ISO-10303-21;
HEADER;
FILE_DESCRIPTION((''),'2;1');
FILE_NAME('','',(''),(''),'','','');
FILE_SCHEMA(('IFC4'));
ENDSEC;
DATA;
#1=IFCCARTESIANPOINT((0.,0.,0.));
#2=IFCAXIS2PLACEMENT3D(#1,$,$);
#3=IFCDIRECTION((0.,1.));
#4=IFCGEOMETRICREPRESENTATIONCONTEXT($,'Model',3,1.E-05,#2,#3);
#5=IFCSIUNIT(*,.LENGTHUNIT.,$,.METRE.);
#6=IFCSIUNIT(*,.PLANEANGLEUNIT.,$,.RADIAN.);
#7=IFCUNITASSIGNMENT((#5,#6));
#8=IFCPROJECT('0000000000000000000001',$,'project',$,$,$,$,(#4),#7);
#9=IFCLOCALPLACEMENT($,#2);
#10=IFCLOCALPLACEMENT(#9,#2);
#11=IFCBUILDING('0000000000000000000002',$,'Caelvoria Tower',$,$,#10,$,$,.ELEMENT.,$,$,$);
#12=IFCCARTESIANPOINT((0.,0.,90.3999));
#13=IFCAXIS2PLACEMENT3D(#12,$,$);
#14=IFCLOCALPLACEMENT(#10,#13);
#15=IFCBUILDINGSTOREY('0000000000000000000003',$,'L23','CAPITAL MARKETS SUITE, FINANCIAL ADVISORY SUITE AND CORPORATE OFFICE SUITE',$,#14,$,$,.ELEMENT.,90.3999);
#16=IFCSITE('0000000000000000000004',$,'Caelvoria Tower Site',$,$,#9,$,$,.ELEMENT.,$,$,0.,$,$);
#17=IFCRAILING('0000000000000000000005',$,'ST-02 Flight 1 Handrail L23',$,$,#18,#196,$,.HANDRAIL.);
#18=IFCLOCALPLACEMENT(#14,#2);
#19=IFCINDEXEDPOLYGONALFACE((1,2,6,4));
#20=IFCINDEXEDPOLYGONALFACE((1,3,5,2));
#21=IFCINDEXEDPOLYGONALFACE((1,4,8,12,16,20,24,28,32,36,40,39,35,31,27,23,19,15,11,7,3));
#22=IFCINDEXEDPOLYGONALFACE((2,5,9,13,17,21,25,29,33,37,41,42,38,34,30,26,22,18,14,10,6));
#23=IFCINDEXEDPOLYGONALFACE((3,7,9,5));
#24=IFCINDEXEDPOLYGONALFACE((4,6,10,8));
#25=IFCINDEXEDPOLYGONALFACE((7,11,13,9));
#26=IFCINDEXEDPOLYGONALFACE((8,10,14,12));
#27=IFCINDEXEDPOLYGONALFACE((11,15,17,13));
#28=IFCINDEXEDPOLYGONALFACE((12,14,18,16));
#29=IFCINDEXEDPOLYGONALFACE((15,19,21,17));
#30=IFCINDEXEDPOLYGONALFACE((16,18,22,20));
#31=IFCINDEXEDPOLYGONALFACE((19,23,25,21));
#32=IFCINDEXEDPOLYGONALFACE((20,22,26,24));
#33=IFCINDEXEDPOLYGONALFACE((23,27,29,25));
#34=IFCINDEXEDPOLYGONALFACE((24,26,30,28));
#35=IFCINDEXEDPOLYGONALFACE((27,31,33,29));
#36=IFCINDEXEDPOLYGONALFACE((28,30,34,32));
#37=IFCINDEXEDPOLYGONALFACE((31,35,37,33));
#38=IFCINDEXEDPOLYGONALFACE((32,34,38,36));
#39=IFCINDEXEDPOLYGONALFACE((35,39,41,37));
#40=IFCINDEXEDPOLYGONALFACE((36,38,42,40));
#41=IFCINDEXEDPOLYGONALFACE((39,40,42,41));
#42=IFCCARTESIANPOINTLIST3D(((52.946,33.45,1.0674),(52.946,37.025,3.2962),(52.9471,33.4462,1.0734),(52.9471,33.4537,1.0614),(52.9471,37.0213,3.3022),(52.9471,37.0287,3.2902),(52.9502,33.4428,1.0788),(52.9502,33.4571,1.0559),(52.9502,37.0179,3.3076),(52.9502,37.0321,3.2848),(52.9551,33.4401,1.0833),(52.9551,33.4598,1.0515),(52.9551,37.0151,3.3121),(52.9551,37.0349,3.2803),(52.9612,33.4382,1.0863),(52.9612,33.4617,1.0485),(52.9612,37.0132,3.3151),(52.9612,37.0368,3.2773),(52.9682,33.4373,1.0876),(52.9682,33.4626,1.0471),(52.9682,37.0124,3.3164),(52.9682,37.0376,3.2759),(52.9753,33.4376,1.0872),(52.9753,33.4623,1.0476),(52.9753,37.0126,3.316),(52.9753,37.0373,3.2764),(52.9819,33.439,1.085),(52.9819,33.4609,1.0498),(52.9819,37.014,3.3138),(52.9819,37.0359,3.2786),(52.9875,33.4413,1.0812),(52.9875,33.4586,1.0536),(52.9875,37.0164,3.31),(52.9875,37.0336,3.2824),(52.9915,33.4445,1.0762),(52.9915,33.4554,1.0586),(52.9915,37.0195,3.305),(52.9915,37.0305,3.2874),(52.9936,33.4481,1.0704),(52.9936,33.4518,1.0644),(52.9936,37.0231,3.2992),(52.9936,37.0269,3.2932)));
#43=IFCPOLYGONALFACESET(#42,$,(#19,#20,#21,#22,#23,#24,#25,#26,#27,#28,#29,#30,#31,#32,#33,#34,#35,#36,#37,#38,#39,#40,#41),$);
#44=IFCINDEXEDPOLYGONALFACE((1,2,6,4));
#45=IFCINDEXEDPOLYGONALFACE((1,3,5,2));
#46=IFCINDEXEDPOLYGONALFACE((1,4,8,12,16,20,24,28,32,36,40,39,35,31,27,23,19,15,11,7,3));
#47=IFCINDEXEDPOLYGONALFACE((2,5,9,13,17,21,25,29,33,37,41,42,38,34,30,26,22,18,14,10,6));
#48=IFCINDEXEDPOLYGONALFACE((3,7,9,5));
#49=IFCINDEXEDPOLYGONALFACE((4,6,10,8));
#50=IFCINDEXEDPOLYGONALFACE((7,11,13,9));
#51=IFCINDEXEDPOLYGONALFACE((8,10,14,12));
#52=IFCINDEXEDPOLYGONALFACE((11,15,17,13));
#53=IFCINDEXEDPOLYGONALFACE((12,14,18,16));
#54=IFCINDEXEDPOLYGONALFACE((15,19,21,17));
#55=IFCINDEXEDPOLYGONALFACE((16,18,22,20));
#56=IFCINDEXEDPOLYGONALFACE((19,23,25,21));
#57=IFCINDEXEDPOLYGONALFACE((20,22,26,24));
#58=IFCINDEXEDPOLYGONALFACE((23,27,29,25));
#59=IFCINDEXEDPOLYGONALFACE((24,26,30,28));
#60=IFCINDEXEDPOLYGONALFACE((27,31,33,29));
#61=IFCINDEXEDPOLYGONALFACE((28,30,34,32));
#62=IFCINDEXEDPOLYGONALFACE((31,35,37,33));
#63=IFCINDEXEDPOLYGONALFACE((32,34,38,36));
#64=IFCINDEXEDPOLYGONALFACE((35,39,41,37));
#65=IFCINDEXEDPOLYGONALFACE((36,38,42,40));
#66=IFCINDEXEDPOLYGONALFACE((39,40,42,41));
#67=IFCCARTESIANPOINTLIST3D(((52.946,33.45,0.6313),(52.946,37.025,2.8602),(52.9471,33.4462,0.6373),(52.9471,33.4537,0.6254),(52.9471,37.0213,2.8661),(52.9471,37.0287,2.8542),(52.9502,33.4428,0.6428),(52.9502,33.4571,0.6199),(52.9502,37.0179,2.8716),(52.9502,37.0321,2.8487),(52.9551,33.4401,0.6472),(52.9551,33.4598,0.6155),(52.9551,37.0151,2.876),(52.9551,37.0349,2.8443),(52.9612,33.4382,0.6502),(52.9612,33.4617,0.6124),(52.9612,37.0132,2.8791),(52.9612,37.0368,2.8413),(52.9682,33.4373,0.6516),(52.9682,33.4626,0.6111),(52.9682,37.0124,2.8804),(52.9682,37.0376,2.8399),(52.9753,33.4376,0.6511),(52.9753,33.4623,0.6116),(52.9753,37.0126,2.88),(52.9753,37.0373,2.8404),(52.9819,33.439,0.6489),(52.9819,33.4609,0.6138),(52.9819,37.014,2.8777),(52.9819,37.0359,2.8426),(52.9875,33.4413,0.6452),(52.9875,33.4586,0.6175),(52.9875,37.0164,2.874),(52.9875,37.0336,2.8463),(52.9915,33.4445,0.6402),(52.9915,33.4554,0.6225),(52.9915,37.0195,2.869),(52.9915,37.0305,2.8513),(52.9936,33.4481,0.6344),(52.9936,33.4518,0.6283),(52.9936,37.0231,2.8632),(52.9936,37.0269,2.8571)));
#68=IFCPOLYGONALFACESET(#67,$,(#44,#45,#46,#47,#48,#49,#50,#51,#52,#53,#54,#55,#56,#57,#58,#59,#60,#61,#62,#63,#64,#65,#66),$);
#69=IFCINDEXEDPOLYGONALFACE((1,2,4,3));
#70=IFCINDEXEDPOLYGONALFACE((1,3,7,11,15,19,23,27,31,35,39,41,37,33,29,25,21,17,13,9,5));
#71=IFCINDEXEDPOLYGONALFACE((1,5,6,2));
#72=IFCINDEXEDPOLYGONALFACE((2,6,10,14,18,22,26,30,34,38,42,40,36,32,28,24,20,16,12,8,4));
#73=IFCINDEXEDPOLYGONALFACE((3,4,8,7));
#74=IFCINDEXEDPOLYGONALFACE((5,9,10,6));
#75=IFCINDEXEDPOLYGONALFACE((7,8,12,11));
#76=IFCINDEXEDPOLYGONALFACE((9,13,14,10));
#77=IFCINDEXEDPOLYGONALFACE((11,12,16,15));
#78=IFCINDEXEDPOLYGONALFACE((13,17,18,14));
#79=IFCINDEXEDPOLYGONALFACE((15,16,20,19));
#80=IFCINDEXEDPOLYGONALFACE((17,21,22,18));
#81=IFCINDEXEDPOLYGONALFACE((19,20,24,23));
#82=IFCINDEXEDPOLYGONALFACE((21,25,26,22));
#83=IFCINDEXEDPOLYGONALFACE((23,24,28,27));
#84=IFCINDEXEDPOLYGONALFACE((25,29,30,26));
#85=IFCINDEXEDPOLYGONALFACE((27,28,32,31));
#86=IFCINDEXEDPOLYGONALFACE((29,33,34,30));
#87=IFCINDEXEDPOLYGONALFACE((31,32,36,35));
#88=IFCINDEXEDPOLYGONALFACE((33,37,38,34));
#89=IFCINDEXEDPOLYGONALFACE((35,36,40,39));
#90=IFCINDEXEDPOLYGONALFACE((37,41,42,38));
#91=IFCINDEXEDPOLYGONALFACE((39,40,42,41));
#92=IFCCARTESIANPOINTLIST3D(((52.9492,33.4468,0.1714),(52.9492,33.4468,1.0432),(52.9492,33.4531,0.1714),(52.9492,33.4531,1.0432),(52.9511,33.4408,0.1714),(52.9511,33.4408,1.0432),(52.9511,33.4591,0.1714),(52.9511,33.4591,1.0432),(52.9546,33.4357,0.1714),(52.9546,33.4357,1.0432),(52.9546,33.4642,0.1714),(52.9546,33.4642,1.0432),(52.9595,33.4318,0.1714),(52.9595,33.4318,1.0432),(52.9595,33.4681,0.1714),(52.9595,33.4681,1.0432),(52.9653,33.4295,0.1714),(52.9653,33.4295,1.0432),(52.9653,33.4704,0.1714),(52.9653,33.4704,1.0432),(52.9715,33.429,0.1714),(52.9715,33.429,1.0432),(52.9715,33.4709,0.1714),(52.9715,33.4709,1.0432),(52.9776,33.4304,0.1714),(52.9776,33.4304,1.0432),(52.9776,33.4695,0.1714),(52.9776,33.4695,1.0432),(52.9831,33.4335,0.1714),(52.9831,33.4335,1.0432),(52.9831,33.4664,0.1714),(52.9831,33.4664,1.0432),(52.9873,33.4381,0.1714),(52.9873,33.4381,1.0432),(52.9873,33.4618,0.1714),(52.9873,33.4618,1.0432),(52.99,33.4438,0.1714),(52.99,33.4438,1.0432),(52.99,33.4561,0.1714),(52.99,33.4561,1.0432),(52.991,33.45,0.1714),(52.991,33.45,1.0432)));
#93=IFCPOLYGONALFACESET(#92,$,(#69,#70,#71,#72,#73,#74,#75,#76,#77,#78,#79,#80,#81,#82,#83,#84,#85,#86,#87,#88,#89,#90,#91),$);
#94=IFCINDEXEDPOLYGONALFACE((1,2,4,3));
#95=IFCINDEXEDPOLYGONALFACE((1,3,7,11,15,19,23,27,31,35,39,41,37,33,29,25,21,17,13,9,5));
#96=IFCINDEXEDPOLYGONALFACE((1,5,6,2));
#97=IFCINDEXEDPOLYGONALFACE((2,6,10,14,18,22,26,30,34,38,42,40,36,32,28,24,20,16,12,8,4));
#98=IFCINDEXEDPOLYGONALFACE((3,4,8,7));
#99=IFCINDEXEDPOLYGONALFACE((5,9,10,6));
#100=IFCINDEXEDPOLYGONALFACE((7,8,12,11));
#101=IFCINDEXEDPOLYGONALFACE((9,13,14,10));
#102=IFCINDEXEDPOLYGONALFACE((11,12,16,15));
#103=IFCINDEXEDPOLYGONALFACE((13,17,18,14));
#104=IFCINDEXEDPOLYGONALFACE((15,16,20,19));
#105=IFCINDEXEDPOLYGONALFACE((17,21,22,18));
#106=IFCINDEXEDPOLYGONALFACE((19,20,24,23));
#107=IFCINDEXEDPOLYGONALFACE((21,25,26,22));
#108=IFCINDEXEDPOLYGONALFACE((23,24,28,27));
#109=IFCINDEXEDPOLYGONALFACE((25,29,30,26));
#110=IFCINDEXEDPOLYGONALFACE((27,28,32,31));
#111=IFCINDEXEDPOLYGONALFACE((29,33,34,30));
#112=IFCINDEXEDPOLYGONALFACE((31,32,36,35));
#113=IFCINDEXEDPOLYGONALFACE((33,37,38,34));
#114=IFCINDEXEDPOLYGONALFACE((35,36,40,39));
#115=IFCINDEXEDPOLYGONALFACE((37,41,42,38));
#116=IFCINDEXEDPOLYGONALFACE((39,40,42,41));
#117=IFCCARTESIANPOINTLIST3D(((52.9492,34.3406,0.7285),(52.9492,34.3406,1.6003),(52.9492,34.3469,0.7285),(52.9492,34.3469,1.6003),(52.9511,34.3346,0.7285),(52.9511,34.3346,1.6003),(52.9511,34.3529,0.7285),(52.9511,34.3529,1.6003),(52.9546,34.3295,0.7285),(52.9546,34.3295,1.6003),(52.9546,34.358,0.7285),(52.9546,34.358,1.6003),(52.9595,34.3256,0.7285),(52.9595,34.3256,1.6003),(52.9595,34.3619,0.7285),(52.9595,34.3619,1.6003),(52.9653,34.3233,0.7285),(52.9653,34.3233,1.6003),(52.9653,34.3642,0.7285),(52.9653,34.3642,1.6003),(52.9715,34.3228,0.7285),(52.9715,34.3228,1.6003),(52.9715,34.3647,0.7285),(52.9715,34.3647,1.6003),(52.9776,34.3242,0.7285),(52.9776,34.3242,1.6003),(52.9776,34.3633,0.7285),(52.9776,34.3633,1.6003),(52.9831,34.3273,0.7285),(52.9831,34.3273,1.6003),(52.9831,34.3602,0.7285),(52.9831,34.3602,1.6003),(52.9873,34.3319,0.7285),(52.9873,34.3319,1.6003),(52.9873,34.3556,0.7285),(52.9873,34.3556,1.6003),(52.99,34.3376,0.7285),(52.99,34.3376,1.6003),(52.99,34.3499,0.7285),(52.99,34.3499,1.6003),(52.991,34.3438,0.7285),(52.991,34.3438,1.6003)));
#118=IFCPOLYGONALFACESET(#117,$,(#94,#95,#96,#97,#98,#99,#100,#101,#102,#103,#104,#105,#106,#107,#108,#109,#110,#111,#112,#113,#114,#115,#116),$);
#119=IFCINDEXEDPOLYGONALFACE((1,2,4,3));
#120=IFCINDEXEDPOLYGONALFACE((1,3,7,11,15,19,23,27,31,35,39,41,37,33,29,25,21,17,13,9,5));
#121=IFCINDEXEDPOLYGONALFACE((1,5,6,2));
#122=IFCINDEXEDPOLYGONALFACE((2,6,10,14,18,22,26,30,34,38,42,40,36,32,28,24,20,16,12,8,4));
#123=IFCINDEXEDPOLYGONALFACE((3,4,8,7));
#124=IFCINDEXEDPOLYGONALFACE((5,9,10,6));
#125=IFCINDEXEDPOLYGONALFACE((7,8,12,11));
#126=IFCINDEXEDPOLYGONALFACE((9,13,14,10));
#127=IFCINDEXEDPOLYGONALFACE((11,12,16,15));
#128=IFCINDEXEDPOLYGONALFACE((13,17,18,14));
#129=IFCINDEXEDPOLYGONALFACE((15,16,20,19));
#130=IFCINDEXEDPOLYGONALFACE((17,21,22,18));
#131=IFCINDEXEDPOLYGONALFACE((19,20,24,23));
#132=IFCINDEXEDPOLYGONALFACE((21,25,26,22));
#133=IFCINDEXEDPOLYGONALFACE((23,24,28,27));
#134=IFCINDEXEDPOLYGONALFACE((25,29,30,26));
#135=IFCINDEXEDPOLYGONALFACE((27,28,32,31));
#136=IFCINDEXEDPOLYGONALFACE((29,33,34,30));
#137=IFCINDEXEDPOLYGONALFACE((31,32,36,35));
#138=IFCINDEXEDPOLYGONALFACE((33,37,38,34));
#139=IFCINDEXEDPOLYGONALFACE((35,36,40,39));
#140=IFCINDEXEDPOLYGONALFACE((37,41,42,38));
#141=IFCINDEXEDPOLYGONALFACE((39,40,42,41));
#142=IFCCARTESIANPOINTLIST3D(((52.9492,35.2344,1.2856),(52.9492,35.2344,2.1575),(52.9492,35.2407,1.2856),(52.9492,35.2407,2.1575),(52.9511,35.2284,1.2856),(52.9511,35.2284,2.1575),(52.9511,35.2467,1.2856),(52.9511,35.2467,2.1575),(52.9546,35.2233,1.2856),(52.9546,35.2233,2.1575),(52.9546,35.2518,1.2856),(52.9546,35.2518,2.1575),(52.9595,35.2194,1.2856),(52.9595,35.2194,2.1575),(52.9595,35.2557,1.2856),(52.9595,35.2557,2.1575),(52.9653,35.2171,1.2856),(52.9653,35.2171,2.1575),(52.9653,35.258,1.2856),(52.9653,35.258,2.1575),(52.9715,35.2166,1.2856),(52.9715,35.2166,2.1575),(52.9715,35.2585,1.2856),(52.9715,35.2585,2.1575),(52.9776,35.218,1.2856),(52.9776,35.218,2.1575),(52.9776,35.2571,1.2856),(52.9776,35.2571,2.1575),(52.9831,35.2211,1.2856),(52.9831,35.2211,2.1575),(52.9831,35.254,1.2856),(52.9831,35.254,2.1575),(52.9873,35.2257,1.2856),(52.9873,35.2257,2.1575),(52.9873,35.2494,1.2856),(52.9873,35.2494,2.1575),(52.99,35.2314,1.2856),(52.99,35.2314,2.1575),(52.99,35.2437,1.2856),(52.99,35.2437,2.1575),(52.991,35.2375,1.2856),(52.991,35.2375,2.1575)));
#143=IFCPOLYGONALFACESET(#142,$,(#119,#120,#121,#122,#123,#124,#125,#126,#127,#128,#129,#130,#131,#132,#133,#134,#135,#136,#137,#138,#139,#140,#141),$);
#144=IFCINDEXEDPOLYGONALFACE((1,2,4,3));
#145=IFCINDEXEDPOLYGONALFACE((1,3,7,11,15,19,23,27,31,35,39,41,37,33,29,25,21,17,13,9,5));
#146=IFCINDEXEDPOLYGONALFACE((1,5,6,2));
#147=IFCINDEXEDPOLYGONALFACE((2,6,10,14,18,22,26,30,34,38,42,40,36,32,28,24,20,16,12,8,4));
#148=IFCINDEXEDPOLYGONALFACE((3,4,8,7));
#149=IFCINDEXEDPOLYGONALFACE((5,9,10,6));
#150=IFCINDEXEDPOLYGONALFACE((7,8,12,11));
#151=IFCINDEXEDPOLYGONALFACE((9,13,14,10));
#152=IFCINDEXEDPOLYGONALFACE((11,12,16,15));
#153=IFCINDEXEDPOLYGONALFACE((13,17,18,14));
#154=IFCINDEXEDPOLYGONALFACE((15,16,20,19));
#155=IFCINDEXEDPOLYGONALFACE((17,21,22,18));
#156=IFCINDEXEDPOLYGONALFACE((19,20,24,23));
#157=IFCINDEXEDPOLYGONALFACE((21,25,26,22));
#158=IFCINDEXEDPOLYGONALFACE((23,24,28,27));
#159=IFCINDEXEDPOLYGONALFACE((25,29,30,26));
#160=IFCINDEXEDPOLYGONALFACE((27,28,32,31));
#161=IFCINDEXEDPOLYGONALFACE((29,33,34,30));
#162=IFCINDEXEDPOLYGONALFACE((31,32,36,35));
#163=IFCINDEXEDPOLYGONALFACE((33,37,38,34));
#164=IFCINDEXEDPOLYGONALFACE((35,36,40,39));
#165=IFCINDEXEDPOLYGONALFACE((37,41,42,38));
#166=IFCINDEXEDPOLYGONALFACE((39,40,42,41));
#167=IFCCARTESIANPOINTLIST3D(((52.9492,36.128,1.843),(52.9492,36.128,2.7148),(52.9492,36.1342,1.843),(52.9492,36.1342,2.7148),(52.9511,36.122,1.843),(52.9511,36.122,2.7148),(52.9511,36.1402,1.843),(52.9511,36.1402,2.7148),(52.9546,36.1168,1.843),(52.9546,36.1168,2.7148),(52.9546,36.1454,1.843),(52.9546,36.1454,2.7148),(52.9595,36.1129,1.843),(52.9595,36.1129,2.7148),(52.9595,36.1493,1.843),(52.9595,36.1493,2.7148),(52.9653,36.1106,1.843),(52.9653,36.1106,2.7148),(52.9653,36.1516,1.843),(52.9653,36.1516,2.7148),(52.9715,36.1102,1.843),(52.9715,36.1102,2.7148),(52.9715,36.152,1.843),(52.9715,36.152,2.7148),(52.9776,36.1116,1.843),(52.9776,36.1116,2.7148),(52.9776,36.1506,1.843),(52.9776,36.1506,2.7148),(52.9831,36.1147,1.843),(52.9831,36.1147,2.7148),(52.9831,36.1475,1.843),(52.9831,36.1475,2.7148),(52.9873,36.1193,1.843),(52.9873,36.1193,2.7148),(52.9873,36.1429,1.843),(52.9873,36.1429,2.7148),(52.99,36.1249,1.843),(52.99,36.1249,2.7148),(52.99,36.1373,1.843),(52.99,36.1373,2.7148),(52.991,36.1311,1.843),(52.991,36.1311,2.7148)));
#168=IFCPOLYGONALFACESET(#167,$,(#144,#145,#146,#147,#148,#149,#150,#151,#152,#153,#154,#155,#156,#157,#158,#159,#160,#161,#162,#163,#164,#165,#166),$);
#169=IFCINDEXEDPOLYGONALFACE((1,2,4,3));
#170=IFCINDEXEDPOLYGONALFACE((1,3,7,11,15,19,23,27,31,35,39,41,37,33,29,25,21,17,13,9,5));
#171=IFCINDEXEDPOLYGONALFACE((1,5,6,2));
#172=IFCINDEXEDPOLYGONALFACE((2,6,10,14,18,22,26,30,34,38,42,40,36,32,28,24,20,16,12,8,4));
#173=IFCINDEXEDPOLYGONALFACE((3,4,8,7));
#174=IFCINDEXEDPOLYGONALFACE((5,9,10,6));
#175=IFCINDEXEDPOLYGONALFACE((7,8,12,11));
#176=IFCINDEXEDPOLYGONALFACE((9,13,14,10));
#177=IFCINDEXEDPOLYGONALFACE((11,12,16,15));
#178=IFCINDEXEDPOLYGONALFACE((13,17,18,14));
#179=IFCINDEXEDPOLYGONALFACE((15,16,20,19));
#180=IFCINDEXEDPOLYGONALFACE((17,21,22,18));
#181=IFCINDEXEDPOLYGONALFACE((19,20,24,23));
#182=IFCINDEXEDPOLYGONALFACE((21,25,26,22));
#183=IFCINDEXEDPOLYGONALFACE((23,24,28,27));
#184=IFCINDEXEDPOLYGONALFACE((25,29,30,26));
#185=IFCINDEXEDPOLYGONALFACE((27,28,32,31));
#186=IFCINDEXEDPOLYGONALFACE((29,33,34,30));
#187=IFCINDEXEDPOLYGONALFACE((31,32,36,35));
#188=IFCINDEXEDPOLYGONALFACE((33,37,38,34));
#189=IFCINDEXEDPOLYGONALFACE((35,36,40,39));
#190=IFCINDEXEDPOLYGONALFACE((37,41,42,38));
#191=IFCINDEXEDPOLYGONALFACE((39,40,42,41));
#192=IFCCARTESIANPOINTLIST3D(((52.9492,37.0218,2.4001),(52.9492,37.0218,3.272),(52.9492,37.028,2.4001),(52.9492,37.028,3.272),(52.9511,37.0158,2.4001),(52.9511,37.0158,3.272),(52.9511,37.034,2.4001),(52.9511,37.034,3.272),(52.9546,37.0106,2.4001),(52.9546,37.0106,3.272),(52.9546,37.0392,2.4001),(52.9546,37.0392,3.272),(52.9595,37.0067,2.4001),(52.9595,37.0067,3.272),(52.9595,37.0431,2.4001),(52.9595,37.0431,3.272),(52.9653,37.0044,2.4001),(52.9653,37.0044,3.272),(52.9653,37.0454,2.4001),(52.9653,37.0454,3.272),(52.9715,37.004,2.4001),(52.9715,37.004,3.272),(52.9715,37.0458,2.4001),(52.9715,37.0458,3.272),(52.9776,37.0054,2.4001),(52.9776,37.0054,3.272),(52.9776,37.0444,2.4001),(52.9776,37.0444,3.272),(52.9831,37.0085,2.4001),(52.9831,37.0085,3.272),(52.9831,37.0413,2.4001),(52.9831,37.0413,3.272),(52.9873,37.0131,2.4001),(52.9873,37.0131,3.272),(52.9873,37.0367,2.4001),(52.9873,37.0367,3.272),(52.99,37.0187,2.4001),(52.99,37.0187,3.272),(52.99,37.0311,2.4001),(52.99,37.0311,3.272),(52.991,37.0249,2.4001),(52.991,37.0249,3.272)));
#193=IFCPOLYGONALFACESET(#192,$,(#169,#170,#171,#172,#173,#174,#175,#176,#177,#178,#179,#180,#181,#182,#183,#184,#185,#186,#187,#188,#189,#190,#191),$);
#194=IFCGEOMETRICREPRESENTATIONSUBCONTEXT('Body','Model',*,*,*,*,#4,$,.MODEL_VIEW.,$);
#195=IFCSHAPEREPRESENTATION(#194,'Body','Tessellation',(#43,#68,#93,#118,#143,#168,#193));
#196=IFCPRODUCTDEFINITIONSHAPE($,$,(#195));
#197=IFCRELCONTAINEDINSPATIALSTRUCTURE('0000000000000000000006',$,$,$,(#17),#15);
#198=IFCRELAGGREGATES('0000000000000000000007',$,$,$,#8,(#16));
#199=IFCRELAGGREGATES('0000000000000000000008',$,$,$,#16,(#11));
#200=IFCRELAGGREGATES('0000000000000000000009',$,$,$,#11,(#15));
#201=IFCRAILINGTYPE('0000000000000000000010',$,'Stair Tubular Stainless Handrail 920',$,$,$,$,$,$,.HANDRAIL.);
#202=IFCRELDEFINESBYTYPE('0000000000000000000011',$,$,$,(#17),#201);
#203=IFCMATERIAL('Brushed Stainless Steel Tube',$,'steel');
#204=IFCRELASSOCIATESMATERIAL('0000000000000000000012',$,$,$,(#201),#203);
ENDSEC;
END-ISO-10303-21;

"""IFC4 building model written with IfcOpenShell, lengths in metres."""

from ifc_helpers import new_model, si_unit, direction, frame, origin, origin_2d, place, context, subcontext, project, spatial, circle, extrude, material, type_object, element, save


model = new_model("IFC4")

# Units and contexts
model_context = context("Model", 3, precision=1e-05, world=origin(), true_north=direction((0.0, 1.0)))
body_context = subcontext(model_context, "Body", "Model", "MODEL_VIEW")
ifc_project = project(units=[si_unit("LENGTHUNIT", "METRE"), si_unit("PLANEANGLEUNIT", "RADIAN")], contexts=[model_context])

# Site, building, storey
site_placement = place(None, origin())
site = spatial("IfcSite", under=ifc_project, at=site_placement, Name="Caelvoria Tower Site", CompositionType="ELEMENT", RefElevation=0.0)
building_placement = place(site_placement, origin())
building = spatial("IfcBuilding", under=site, at=building_placement, Name="Caelvoria Tower", CompositionType="ELEMENT")
storey_placement = place(building_placement, frame((0.0, 0.0, 90.3999)))
storey = spatial("IfcBuildingStorey", under=building, at=storey_placement, Name="L23", Description="CAPITAL MARKETS SUITE, FINANCIAL ADVISORY SUITE AND CORPORATE OFFICE SUITE", CompositionType="ELEMENT", Elevation=90.3999)

# Railing
ifc_material_1 = material(Name="Brushed Stainless Steel Tube", Category="steel")
railing_type_1 = type_object("IfcRailingType", Name="Stair Tubular Stainless Handrail 920", PredefinedType="HANDRAIL", material=ifc_material_1)
railing_1_placement = place(storey_placement, frame((52.97, 33.45, 0.1714)))
element("IfcRailing", 1, at=railing_1_placement, inside=storey, type_object=railing_type_1, Name="ST-02 Flight 1 Handrail L23", PredefinedType="HANDRAIL", context=body_context, shape_type="SweptSolid", body=[
    extrude(circle(Radius=0.0239, at=origin_2d()), frame((0.0, 0.0, 0.896), z_axis=(0.0, 0.848594, 0.529045), x_axis=(-1.0, 0.0, 0.0)), (0.0, 0.0, 1.0), 4.2129),
    extrude(circle(Radius=0.0239, at=origin_2d()), frame((0.0, 0.0, 0.46), z_axis=(0.0, 0.848594, 0.529045), x_axis=(-1.0, 0.0, 0.0)), (0.0, 0.0, 1.0), 4.2129),
    extrude(circle(Radius=0.021, at=origin_2d()), origin(), (0.0, 0.0, 1.0), 0.8718),
    extrude(circle(Radius=0.021, at=origin_2d()), frame((0.0, 0.8938, 0.5571)), (0.0, 0.0, 1.0), 0.8718),
    extrude(circle(Radius=0.021, at=origin_2d()), frame((0.0, 1.7876, 1.1143)), (0.0, 0.0, 1.0), 0.8718),
    extrude(circle(Radius=0.021, at=origin_2d()), frame((0.0, 2.6812, 1.6716)), (0.0, 0.0, 1.0), 0.8718),
    extrude(circle(Radius=0.021, at=origin_2d()), frame((0.0, 3.575, 2.2288)), (0.0, 0.0, 1.0), 0.8718),
])

save(model, "model.ifc")
